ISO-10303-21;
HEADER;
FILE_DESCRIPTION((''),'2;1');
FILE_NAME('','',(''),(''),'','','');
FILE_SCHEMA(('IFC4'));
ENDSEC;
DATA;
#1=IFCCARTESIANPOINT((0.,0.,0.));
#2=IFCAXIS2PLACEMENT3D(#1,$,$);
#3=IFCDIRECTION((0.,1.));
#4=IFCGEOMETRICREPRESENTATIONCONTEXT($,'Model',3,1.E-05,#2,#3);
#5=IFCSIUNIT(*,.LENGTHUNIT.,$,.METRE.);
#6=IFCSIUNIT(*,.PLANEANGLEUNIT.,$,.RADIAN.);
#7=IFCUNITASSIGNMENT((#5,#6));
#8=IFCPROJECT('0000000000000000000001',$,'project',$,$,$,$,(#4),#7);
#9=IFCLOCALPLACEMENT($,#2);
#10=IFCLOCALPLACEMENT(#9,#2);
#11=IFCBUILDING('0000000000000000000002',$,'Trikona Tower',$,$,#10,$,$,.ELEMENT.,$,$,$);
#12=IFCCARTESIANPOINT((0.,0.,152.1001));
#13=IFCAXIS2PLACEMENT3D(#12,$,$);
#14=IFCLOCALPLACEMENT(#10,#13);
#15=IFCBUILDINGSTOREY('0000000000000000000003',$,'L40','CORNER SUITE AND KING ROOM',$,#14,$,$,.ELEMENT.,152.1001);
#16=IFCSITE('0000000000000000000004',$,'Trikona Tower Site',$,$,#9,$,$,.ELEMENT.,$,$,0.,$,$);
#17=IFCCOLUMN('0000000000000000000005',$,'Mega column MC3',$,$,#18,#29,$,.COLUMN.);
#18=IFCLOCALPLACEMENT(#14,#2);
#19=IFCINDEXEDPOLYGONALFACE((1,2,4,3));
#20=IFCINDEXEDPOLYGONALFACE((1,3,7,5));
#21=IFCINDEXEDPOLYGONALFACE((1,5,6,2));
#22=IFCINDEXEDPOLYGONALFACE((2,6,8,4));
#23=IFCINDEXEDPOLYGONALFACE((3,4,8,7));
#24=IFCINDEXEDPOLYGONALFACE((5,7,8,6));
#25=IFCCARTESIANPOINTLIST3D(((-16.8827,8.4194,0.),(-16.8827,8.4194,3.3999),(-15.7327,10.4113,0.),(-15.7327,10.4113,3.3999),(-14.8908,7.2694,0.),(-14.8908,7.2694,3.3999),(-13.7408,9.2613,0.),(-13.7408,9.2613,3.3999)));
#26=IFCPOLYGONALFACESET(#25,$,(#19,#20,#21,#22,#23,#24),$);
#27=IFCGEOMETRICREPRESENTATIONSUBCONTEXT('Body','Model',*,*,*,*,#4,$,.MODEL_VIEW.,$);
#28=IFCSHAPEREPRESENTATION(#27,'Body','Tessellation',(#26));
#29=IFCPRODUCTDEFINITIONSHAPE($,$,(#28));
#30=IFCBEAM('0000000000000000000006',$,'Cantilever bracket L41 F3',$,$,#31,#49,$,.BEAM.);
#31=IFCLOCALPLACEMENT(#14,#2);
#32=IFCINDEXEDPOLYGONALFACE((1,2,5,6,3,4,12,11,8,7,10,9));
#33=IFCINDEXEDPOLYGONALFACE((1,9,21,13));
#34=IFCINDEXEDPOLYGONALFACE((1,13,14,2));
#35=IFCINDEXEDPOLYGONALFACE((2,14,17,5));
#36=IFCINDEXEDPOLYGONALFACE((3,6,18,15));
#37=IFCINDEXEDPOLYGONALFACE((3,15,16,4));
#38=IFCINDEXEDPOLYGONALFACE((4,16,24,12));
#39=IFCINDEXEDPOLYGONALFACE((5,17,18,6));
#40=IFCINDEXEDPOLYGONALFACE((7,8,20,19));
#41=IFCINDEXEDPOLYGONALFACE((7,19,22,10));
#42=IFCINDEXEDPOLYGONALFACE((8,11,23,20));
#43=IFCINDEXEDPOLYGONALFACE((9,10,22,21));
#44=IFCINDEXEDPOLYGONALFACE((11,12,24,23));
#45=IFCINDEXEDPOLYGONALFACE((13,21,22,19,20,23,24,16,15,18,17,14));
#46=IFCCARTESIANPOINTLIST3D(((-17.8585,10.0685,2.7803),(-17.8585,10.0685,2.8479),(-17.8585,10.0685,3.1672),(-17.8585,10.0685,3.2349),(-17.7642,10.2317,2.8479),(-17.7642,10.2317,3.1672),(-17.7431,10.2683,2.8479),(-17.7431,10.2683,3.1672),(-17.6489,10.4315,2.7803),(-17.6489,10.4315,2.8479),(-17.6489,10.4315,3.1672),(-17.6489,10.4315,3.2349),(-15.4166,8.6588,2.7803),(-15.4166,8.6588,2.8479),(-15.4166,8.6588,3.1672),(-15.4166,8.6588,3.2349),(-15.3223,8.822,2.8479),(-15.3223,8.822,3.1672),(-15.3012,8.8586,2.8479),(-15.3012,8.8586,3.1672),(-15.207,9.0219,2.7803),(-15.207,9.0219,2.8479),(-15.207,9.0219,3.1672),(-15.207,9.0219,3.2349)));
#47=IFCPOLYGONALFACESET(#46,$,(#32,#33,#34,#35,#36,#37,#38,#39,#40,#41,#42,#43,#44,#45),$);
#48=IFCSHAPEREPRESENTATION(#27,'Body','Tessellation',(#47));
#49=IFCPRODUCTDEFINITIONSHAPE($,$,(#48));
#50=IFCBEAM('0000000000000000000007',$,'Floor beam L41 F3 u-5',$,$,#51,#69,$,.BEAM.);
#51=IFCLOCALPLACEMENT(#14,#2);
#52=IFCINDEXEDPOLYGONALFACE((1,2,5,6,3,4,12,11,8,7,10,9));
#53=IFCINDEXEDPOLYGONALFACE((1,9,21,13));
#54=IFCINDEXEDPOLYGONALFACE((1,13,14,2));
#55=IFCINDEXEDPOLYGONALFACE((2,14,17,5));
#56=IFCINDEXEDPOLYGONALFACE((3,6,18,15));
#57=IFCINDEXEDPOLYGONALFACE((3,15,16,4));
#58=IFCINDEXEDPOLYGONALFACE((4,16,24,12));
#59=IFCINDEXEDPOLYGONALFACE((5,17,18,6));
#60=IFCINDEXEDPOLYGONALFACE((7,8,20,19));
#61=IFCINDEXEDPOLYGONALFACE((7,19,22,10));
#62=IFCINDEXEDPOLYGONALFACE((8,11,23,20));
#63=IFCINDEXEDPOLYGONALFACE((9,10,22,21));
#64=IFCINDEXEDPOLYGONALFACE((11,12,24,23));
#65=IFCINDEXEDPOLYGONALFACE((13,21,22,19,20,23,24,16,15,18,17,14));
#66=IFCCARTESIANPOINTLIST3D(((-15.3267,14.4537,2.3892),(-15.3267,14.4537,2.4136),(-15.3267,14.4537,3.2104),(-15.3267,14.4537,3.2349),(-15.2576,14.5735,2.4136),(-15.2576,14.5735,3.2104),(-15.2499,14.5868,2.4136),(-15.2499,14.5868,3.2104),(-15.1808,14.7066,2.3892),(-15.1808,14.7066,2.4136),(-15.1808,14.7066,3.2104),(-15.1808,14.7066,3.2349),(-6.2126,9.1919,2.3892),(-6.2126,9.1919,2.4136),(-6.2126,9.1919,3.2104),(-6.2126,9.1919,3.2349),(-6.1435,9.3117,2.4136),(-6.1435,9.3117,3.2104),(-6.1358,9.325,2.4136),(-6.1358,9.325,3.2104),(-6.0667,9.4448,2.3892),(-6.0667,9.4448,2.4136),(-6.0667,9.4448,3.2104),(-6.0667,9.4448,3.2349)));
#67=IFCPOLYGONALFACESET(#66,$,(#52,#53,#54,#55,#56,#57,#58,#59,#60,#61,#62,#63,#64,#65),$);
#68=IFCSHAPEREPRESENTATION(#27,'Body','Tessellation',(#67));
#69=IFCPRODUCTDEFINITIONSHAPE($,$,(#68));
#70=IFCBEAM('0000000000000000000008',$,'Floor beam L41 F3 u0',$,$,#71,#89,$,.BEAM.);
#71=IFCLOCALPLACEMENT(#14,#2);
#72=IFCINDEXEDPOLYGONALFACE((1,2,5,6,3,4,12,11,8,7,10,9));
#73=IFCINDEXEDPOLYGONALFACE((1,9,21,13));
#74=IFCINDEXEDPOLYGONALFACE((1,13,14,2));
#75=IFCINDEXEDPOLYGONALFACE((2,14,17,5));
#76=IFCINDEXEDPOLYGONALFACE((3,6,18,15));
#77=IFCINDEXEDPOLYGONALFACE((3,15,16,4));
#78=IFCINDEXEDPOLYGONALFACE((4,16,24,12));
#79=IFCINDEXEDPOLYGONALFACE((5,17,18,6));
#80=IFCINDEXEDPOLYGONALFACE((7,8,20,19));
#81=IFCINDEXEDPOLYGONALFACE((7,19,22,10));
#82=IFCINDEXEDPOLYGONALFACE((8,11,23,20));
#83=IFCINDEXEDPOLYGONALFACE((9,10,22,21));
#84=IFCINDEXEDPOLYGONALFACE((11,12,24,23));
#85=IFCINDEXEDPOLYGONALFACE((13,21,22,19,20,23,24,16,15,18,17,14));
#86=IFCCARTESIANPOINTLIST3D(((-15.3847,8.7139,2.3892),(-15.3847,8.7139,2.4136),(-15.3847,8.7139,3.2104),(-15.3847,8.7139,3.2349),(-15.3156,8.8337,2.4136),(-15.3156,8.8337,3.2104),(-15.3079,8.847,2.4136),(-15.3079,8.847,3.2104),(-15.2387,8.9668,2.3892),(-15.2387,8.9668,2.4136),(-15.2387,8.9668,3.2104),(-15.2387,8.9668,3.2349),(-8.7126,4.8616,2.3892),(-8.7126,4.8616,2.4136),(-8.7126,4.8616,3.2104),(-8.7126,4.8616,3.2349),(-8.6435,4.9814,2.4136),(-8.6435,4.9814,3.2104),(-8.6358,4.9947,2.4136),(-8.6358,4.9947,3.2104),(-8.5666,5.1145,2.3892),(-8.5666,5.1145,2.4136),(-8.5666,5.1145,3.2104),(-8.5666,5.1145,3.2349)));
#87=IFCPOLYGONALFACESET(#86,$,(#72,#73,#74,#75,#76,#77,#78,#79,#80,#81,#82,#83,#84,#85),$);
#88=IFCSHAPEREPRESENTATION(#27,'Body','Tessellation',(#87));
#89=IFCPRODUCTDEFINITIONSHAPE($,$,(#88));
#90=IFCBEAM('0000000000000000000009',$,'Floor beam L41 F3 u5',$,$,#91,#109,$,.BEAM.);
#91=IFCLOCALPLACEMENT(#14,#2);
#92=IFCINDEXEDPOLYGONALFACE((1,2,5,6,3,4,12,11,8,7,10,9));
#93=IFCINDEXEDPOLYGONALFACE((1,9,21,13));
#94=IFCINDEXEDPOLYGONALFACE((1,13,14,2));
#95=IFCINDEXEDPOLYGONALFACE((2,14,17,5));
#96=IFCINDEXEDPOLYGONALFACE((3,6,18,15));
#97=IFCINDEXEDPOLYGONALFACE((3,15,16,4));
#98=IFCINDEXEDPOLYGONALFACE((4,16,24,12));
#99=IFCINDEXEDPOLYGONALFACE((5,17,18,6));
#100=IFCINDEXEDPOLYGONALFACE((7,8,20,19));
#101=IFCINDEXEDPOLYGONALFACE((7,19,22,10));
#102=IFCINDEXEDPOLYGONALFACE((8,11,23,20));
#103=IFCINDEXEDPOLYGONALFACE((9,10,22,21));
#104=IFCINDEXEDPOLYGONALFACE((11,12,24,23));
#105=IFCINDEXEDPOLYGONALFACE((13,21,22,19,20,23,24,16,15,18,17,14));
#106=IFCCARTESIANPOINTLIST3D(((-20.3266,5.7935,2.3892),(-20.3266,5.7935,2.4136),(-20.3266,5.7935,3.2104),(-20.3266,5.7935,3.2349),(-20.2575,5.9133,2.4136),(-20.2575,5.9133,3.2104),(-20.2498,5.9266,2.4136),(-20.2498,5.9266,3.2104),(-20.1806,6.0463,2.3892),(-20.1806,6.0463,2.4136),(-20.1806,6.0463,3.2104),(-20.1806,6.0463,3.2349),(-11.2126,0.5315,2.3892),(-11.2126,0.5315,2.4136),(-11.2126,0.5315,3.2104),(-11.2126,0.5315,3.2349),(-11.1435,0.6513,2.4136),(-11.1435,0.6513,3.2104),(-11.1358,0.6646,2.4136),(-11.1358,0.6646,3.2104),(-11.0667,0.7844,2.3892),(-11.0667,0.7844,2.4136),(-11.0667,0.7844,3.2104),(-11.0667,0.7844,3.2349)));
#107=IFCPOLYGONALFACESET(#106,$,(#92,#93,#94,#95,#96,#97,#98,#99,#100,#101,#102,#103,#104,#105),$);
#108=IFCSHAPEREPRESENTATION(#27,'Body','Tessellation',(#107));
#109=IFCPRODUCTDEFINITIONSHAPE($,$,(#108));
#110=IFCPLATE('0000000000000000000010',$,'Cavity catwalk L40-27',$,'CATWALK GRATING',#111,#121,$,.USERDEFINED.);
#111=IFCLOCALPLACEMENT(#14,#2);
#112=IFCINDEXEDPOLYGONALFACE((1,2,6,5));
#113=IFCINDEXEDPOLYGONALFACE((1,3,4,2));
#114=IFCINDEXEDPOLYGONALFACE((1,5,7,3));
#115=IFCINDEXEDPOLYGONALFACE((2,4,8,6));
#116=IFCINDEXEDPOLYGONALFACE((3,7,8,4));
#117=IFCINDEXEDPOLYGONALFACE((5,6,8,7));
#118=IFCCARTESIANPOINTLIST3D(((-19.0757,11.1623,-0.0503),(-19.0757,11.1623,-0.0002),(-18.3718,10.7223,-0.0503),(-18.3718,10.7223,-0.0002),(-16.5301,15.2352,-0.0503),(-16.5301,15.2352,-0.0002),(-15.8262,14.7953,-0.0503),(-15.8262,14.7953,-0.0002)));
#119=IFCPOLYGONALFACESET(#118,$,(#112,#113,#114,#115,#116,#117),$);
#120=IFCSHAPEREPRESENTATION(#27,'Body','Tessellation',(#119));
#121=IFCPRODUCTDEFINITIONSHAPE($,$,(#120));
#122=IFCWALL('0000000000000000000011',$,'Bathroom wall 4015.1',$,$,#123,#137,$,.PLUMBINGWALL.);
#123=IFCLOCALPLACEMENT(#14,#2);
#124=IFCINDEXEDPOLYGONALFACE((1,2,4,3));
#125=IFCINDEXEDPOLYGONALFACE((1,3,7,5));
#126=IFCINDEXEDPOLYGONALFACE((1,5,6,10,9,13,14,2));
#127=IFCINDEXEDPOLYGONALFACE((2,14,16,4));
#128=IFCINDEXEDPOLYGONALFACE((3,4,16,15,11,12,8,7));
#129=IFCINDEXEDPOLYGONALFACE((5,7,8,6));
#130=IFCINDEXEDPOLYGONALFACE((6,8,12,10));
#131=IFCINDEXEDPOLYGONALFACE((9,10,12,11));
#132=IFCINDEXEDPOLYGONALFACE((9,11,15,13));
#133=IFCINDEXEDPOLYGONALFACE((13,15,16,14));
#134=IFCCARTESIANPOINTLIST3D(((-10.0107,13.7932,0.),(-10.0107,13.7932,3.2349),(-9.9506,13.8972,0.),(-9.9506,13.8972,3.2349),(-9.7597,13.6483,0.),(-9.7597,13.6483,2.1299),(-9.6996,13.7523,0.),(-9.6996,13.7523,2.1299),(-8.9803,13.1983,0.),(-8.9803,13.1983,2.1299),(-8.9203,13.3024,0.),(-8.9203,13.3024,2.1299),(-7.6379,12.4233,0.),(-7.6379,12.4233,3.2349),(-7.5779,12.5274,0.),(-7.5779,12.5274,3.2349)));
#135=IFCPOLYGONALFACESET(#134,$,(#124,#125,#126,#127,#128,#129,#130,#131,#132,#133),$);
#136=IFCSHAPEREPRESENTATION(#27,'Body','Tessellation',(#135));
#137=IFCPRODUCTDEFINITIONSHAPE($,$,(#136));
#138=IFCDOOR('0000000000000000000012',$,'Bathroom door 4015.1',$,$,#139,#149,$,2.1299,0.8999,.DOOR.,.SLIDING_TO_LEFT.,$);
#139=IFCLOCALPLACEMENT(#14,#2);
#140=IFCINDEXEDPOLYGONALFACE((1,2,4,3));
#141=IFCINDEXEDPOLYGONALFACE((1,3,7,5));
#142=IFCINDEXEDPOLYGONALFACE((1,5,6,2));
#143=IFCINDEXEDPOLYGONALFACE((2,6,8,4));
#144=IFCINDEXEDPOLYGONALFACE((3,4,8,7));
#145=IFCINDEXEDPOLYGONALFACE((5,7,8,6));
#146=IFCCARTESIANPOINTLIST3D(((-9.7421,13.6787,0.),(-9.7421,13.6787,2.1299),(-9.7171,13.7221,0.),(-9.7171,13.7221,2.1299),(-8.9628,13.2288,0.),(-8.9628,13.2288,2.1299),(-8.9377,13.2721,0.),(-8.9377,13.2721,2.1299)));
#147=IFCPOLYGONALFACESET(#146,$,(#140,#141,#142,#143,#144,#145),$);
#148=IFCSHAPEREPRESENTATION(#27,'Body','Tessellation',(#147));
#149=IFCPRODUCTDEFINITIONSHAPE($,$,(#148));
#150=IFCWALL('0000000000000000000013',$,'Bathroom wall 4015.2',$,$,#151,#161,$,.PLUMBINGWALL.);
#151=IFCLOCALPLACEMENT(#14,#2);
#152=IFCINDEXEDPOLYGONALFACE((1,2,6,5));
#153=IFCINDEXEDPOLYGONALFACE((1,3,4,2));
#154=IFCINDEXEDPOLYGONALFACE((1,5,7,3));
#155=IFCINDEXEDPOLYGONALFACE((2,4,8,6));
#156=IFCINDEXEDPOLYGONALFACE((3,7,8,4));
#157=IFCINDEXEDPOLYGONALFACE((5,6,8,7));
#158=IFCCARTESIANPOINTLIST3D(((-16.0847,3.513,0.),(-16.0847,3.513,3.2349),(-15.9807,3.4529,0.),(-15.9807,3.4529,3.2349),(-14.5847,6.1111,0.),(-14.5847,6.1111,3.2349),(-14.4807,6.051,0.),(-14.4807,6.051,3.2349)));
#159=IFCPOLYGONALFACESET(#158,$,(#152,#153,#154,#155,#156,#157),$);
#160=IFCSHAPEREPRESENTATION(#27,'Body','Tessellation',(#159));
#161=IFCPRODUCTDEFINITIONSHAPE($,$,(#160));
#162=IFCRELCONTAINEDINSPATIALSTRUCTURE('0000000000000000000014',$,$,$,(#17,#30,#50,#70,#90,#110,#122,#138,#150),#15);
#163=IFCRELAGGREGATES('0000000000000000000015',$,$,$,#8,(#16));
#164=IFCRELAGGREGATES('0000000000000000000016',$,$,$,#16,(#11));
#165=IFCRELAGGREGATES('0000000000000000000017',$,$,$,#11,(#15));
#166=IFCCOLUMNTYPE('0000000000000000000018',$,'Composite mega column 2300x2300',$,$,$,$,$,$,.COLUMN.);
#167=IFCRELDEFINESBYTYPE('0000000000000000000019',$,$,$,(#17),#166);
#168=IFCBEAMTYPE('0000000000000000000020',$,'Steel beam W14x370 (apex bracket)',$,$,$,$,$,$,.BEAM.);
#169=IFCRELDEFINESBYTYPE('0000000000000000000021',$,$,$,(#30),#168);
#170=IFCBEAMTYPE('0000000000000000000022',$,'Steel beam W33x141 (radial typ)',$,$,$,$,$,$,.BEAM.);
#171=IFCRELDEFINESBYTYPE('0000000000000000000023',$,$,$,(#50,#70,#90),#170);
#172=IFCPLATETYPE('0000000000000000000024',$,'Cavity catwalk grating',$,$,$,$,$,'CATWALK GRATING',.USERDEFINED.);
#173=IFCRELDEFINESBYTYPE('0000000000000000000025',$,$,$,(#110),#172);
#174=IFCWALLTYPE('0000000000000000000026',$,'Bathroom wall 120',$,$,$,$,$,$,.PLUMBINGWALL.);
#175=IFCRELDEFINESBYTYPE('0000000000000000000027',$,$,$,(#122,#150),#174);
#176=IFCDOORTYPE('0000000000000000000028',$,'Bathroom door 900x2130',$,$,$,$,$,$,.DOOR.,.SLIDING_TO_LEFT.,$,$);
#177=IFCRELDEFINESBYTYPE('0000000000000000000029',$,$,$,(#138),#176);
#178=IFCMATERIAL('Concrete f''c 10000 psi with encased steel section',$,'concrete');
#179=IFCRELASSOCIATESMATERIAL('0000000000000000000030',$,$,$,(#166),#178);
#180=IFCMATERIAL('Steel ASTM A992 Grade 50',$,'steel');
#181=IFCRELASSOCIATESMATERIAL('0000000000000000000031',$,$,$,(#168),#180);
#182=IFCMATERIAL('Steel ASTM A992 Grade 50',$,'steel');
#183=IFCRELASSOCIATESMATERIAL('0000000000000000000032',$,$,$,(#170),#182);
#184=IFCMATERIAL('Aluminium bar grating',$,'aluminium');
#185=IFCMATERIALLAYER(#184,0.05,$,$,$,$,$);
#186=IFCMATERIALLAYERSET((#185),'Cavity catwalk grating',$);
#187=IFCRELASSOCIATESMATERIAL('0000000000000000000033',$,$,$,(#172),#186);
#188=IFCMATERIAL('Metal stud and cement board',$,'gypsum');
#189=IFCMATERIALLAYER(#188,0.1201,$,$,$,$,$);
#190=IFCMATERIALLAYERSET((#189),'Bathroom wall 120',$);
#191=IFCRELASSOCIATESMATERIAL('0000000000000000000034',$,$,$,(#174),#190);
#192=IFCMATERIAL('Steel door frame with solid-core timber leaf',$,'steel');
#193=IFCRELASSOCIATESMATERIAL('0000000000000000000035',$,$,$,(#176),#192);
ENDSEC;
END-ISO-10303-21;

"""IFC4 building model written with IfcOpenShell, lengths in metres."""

from ifc_helpers import new_model, si_unit, direction, frame, frame_2d, origin, origin_2d, place, context, subcontext, project, spatial, rectangle, i_section, extrude, material, layer, layer_set, material_profile, profile_set, type_object, element, fill, save


model = new_model("IFC4")

# Units and contexts
model_context = context("Model", 3, precision=1e-05, world=origin(), true_north=direction((0.0, 1.0)))
body_context = subcontext(model_context, "Body", "Model", "MODEL_VIEW")
ifc_project = project(units=[si_unit("LENGTHUNIT", "METRE"), si_unit("PLANEANGLEUNIT", "RADIAN")], contexts=[model_context])

# Site, building, storey
site_placement = place(None, origin())
site = spatial("IfcSite", under=ifc_project, at=site_placement, Name="Trikona Tower Site", CompositionType="ELEMENT", RefElevation=0.0)
building_placement = place(site_placement, origin())
building = spatial("IfcBuilding", under=site, at=building_placement, Name="Trikona Tower", CompositionType="ELEMENT")
storey_placement = place(building_placement, frame((0.0, 0.0, 152.1001)))
storey = spatial("IfcBuildingStorey", under=building, at=storey_placement, Name="L40", Description="CORNER SUITE AND KING ROOM", CompositionType="ELEMENT", Elevation=152.1001)

# Column
ifc_material_1 = material(Name="Concrete f'c 10000 psi with encased steel section", Category="concrete")
ifc_material_profile_1 = material_profile(ifc_material_1, rectangle(XDim=2.3, YDim=2.3, at=origin_2d()), Name="MC2300")
ifc_profile_set_1 = profile_set([ifc_material_profile_1], Name="Concrete f'c 10000 psi with encased steel section")
column_type = type_object("IfcColumnType", Name="Composite mega column 2300x2300", PredefinedType="COLUMN", material=ifc_profile_set_1)
column_placement = place(storey_placement, frame((-15.3118, 8.8403, 0.0), z_axis=(0.0, 0.0, 1.0), x_axis=(-0.866025, 0.5, 0.0)))
element("IfcColumn", 1, at=column_placement, inside=storey, type_object=column_type, Name="Mega column MC3", PredefinedType="COLUMN", context=body_context, shape_type="SweptSolid", body=[
    extrude(rectangle(XDim=2.3, YDim=2.3, at=origin_2d()), origin(), (0.0, 0.0, 1.0), 3.3999),
])

# Beams
ifc_material_2 = material(Name="Steel ASTM A992 Grade 50", Category="steel")
ifc_material_profile_2 = material_profile(ifc_material_2, i_section(OverallWidth=0.4192, OverallDepth=0.4546, WebThickness=0.0422, FlangeThickness=0.0676, at=origin_2d()), Name="W14X370")
ifc_profile_set_2 = profile_set([ifc_material_profile_2], Name="Steel ASTM A992 Grade 50")
beam_type_1 = type_object("IfcBeamType", Name="Steel beam W14x370 (apex bracket)", PredefinedType="BEAM", material=ifc_profile_set_2)
beam_1_placement = place(storey_placement, frame((-15.3118, 8.8403, 3.0076), z_axis=(-0.86605, 0.499957, 0.0), x_axis=(-0.499957, -0.86605, 0.0)))
element("IfcBeam", 2, at=beam_1_placement, inside=storey, type_object=beam_type_1, Name="Cantilever bracket L41 F3", PredefinedType="BEAM", context=body_context, shape_type="SweptSolid", body=[
    extrude(i_section(OverallWidth=0.4192, OverallDepth=0.4546, WebThickness=0.0422, FlangeThickness=0.0676, at=origin_2d()), origin(), (0.0, 0.0, 1.0), 2.8196),
])
ifc_material_3 = material(Name="Steel ASTM A992 Grade 50", Category="steel")
ifc_material_profile_3 = material_profile(ifc_material_3, i_section(OverallWidth=0.292, OverallDepth=0.8457, WebThickness=0.0154, FlangeThickness=0.0244, at=origin_2d()), Name="W33X141")
ifc_profile_set_3 = profile_set([ifc_material_profile_3], Name="Steel ASTM A992 Grade 50")
beam_type_2 = type_object("IfcBeamType", Name="Steel beam W33x141 (radial typ)", PredefinedType="BEAM", material=ifc_profile_set_3)
beam_2_placement = place(storey_placement, frame((-6.1396, 9.3184, 2.812), z_axis=(-0.866036, 0.499982, 0.0), x_axis=(-0.499982, -0.866036, 0.0)))
element("IfcBeam", 3, at=beam_2_placement, inside=storey, type_object=beam_type_2, Name="Floor beam L41 F3 u-5", PredefinedType="BEAM", context=body_context, shape_type="SweptSolid", body=[
    extrude(i_section(OverallWidth=0.292, OverallDepth=0.8457, WebThickness=0.0154, FlangeThickness=0.0244, at=origin_2d()), origin(), (0.0, 0.0, 1.0), 10.5239),
])
beam_3_placement = place(storey_placement, frame((-8.6396, 4.988, 2.812), z_axis=(-0.866017, 0.500014, 0.0), x_axis=(-0.500014, -0.866017, 0.0)))
element("IfcBeam", 4, at=beam_3_placement, inside=storey, type_object=beam_type_2, Name="Floor beam L41 F3 u0", PredefinedType="BEAM", context=body_context, shape_type="SweptSolid", body=[
    extrude(i_section(OverallWidth=0.292, OverallDepth=0.8457, WebThickness=0.0154, FlangeThickness=0.0244, at=origin_2d()), origin(), (0.0, 0.0, 1.0), 7.7043),
])
beam_4_placement = place(storey_placement, frame((-11.1396, 0.658, 2.812), z_axis=(-0.866026, 0.499999, 0.0), x_axis=(-0.499999, -0.866026, 0.0)))
element("IfcBeam", 5, at=beam_4_placement, inside=storey, type_object=beam_type_2, Name="Floor beam L41 F3 u5", PredefinedType="BEAM", context=body_context, shape_type="SweptSolid", body=[
    extrude(i_section(OverallWidth=0.292, OverallDepth=0.8457, WebThickness=0.0154, FlangeThickness=0.0244, at=origin_2d()), origin(), (0.0, 0.0, 1.0), 10.5239),
])

# Plate
ifc_material_4 = material(Name="Aluminium bar grating", Category="aluminium")
ifc_layer_1 = layer(ifc_material_4, 0.05)
ifc_layer_set_1 = layer_set([ifc_layer_1], Name="Cavity catwalk grating")
plate_type = type_object("IfcPlateType", Name="Cavity catwalk grating", ElementType="CATWALK GRATING", PredefinedType="USERDEFINED", material=ifc_layer_set_1)
plate_placement = place(storey_placement, frame((-17.4509, 12.9788, -0.0503), z_axis=(0.0, 0.0, 1.0), x_axis=(-0.529995, -0.848001, 0.0)))
element("IfcPlate", 6, at=plate_placement, inside=storey, type_object=plate_type, Name="Cavity catwalk L40-27", ObjectType="CATWALK GRATING", PredefinedType="USERDEFINED", context=body_context, shape_type="SweptSolid", body=[
    extrude(rectangle(XDim=4.803, YDim=0.8301, at=origin_2d()), origin(), (0.0, 0.0, 1.0), 0.05),
])

# Wall, opening, door
ifc_material_5 = material(Name="Metal stud and cement board", Category="gypsum")
ifc_layer_2 = layer(ifc_material_5, 0.1201)
ifc_layer_set_2 = layer_set([ifc_layer_2], Name="Bathroom wall 120")
wall_type_1 = type_object("IfcWallType", Name="Bathroom wall 120", PredefinedType="PLUMBINGWALL", material=ifc_layer_set_2)
wall_1_placement = place(storey_placement, frame((-7.6079, 12.4753, 0.0), z_axis=(0.0, 0.0, 1.0), x_axis=(-0.866036, 0.499982, 0.0)))
wall_1 = element("IfcWall", 7, at=wall_1_placement, inside=storey, type_object=wall_type_1, Name="Bathroom wall 4015.1", PredefinedType="PLUMBINGWALL", context=body_context, shape_type="SweptSolid", body=[
    extrude(rectangle(XDim=2.7397, YDim=0.1201, at=frame_2d((1.3699, 0.0))), origin(), (0.0, 0.0, 1.0), 3.2349),
])
opening_1_placement = place(wall_1_placement, frame((1.55, 0.0, 0.0)))
opening_1 = element("IfcOpeningElement", 8, at=opening_1_placement, cuts=wall_1, PredefinedType="OPENING", context=body_context, shape_type="SweptSolid", body=[
    extrude(rectangle(XDim=0.8999, YDim=2.1299, at=frame_2d((0.45, 1.0649))), frame((0.0, 0.0701, 0.0), z_axis=(0.0, -1.0, 0.0), x_axis=(1.0, 0.0, 0.0)), (0.0, 0.0, 1.0), 0.1401),
])
ifc_material_6 = material(Name="Steel door frame with solid-core timber leaf", Category="steel")
door_type_1 = type_object("IfcDoorType", Name="Bathroom door 900x2130", OperationType="SLIDING_TO_LEFT", PredefinedType="DOOR", material=ifc_material_6)
door_1_placement = place(opening_1_placement, origin())
door_1 = element("IfcDoor", 9, at=door_1_placement, inside=storey, type_object=door_type_1, Name="Bathroom door 4015.1", OperationType="SLIDING_TO_LEFT", OverallHeight=2.1299, OverallWidth=0.8999, PredefinedType="DOOR", context=body_context, shape_type="SweptSolid", body=[
    extrude(rectangle(XDim=0.8999, YDim=2.1299, at=frame_2d((0.45, 1.0649))), frame((0.0, 0.0249, 0.0), z_axis=(0.0, -1.0, 0.0), x_axis=(1.0, 0.0, 0.0)), (0.0, 0.0, 1.0), 0.05),
])
fill(opening_1, door_1)

# Wall
wall_2_placement = place(storey_placement, frame((-14.5327, 6.0811, 0.0), z_axis=(0.0, 0.0, 1.0), x_axis=(-0.49999, -0.866031, 0.0)))
element("IfcWall", 10, at=wall_2_placement, inside=storey, type_object=wall_type_1, Name="Bathroom wall 4015.2", PredefinedType="PLUMBINGWALL", context=body_context, shape_type="SweptSolid", body=[
    extrude(rectangle(XDim=3.0, YDim=0.1201, at=frame_2d((1.5, 0.0))), origin(), (0.0, 0.0, 1.0), 3.2349),
])

save(model, "model.ifc")
